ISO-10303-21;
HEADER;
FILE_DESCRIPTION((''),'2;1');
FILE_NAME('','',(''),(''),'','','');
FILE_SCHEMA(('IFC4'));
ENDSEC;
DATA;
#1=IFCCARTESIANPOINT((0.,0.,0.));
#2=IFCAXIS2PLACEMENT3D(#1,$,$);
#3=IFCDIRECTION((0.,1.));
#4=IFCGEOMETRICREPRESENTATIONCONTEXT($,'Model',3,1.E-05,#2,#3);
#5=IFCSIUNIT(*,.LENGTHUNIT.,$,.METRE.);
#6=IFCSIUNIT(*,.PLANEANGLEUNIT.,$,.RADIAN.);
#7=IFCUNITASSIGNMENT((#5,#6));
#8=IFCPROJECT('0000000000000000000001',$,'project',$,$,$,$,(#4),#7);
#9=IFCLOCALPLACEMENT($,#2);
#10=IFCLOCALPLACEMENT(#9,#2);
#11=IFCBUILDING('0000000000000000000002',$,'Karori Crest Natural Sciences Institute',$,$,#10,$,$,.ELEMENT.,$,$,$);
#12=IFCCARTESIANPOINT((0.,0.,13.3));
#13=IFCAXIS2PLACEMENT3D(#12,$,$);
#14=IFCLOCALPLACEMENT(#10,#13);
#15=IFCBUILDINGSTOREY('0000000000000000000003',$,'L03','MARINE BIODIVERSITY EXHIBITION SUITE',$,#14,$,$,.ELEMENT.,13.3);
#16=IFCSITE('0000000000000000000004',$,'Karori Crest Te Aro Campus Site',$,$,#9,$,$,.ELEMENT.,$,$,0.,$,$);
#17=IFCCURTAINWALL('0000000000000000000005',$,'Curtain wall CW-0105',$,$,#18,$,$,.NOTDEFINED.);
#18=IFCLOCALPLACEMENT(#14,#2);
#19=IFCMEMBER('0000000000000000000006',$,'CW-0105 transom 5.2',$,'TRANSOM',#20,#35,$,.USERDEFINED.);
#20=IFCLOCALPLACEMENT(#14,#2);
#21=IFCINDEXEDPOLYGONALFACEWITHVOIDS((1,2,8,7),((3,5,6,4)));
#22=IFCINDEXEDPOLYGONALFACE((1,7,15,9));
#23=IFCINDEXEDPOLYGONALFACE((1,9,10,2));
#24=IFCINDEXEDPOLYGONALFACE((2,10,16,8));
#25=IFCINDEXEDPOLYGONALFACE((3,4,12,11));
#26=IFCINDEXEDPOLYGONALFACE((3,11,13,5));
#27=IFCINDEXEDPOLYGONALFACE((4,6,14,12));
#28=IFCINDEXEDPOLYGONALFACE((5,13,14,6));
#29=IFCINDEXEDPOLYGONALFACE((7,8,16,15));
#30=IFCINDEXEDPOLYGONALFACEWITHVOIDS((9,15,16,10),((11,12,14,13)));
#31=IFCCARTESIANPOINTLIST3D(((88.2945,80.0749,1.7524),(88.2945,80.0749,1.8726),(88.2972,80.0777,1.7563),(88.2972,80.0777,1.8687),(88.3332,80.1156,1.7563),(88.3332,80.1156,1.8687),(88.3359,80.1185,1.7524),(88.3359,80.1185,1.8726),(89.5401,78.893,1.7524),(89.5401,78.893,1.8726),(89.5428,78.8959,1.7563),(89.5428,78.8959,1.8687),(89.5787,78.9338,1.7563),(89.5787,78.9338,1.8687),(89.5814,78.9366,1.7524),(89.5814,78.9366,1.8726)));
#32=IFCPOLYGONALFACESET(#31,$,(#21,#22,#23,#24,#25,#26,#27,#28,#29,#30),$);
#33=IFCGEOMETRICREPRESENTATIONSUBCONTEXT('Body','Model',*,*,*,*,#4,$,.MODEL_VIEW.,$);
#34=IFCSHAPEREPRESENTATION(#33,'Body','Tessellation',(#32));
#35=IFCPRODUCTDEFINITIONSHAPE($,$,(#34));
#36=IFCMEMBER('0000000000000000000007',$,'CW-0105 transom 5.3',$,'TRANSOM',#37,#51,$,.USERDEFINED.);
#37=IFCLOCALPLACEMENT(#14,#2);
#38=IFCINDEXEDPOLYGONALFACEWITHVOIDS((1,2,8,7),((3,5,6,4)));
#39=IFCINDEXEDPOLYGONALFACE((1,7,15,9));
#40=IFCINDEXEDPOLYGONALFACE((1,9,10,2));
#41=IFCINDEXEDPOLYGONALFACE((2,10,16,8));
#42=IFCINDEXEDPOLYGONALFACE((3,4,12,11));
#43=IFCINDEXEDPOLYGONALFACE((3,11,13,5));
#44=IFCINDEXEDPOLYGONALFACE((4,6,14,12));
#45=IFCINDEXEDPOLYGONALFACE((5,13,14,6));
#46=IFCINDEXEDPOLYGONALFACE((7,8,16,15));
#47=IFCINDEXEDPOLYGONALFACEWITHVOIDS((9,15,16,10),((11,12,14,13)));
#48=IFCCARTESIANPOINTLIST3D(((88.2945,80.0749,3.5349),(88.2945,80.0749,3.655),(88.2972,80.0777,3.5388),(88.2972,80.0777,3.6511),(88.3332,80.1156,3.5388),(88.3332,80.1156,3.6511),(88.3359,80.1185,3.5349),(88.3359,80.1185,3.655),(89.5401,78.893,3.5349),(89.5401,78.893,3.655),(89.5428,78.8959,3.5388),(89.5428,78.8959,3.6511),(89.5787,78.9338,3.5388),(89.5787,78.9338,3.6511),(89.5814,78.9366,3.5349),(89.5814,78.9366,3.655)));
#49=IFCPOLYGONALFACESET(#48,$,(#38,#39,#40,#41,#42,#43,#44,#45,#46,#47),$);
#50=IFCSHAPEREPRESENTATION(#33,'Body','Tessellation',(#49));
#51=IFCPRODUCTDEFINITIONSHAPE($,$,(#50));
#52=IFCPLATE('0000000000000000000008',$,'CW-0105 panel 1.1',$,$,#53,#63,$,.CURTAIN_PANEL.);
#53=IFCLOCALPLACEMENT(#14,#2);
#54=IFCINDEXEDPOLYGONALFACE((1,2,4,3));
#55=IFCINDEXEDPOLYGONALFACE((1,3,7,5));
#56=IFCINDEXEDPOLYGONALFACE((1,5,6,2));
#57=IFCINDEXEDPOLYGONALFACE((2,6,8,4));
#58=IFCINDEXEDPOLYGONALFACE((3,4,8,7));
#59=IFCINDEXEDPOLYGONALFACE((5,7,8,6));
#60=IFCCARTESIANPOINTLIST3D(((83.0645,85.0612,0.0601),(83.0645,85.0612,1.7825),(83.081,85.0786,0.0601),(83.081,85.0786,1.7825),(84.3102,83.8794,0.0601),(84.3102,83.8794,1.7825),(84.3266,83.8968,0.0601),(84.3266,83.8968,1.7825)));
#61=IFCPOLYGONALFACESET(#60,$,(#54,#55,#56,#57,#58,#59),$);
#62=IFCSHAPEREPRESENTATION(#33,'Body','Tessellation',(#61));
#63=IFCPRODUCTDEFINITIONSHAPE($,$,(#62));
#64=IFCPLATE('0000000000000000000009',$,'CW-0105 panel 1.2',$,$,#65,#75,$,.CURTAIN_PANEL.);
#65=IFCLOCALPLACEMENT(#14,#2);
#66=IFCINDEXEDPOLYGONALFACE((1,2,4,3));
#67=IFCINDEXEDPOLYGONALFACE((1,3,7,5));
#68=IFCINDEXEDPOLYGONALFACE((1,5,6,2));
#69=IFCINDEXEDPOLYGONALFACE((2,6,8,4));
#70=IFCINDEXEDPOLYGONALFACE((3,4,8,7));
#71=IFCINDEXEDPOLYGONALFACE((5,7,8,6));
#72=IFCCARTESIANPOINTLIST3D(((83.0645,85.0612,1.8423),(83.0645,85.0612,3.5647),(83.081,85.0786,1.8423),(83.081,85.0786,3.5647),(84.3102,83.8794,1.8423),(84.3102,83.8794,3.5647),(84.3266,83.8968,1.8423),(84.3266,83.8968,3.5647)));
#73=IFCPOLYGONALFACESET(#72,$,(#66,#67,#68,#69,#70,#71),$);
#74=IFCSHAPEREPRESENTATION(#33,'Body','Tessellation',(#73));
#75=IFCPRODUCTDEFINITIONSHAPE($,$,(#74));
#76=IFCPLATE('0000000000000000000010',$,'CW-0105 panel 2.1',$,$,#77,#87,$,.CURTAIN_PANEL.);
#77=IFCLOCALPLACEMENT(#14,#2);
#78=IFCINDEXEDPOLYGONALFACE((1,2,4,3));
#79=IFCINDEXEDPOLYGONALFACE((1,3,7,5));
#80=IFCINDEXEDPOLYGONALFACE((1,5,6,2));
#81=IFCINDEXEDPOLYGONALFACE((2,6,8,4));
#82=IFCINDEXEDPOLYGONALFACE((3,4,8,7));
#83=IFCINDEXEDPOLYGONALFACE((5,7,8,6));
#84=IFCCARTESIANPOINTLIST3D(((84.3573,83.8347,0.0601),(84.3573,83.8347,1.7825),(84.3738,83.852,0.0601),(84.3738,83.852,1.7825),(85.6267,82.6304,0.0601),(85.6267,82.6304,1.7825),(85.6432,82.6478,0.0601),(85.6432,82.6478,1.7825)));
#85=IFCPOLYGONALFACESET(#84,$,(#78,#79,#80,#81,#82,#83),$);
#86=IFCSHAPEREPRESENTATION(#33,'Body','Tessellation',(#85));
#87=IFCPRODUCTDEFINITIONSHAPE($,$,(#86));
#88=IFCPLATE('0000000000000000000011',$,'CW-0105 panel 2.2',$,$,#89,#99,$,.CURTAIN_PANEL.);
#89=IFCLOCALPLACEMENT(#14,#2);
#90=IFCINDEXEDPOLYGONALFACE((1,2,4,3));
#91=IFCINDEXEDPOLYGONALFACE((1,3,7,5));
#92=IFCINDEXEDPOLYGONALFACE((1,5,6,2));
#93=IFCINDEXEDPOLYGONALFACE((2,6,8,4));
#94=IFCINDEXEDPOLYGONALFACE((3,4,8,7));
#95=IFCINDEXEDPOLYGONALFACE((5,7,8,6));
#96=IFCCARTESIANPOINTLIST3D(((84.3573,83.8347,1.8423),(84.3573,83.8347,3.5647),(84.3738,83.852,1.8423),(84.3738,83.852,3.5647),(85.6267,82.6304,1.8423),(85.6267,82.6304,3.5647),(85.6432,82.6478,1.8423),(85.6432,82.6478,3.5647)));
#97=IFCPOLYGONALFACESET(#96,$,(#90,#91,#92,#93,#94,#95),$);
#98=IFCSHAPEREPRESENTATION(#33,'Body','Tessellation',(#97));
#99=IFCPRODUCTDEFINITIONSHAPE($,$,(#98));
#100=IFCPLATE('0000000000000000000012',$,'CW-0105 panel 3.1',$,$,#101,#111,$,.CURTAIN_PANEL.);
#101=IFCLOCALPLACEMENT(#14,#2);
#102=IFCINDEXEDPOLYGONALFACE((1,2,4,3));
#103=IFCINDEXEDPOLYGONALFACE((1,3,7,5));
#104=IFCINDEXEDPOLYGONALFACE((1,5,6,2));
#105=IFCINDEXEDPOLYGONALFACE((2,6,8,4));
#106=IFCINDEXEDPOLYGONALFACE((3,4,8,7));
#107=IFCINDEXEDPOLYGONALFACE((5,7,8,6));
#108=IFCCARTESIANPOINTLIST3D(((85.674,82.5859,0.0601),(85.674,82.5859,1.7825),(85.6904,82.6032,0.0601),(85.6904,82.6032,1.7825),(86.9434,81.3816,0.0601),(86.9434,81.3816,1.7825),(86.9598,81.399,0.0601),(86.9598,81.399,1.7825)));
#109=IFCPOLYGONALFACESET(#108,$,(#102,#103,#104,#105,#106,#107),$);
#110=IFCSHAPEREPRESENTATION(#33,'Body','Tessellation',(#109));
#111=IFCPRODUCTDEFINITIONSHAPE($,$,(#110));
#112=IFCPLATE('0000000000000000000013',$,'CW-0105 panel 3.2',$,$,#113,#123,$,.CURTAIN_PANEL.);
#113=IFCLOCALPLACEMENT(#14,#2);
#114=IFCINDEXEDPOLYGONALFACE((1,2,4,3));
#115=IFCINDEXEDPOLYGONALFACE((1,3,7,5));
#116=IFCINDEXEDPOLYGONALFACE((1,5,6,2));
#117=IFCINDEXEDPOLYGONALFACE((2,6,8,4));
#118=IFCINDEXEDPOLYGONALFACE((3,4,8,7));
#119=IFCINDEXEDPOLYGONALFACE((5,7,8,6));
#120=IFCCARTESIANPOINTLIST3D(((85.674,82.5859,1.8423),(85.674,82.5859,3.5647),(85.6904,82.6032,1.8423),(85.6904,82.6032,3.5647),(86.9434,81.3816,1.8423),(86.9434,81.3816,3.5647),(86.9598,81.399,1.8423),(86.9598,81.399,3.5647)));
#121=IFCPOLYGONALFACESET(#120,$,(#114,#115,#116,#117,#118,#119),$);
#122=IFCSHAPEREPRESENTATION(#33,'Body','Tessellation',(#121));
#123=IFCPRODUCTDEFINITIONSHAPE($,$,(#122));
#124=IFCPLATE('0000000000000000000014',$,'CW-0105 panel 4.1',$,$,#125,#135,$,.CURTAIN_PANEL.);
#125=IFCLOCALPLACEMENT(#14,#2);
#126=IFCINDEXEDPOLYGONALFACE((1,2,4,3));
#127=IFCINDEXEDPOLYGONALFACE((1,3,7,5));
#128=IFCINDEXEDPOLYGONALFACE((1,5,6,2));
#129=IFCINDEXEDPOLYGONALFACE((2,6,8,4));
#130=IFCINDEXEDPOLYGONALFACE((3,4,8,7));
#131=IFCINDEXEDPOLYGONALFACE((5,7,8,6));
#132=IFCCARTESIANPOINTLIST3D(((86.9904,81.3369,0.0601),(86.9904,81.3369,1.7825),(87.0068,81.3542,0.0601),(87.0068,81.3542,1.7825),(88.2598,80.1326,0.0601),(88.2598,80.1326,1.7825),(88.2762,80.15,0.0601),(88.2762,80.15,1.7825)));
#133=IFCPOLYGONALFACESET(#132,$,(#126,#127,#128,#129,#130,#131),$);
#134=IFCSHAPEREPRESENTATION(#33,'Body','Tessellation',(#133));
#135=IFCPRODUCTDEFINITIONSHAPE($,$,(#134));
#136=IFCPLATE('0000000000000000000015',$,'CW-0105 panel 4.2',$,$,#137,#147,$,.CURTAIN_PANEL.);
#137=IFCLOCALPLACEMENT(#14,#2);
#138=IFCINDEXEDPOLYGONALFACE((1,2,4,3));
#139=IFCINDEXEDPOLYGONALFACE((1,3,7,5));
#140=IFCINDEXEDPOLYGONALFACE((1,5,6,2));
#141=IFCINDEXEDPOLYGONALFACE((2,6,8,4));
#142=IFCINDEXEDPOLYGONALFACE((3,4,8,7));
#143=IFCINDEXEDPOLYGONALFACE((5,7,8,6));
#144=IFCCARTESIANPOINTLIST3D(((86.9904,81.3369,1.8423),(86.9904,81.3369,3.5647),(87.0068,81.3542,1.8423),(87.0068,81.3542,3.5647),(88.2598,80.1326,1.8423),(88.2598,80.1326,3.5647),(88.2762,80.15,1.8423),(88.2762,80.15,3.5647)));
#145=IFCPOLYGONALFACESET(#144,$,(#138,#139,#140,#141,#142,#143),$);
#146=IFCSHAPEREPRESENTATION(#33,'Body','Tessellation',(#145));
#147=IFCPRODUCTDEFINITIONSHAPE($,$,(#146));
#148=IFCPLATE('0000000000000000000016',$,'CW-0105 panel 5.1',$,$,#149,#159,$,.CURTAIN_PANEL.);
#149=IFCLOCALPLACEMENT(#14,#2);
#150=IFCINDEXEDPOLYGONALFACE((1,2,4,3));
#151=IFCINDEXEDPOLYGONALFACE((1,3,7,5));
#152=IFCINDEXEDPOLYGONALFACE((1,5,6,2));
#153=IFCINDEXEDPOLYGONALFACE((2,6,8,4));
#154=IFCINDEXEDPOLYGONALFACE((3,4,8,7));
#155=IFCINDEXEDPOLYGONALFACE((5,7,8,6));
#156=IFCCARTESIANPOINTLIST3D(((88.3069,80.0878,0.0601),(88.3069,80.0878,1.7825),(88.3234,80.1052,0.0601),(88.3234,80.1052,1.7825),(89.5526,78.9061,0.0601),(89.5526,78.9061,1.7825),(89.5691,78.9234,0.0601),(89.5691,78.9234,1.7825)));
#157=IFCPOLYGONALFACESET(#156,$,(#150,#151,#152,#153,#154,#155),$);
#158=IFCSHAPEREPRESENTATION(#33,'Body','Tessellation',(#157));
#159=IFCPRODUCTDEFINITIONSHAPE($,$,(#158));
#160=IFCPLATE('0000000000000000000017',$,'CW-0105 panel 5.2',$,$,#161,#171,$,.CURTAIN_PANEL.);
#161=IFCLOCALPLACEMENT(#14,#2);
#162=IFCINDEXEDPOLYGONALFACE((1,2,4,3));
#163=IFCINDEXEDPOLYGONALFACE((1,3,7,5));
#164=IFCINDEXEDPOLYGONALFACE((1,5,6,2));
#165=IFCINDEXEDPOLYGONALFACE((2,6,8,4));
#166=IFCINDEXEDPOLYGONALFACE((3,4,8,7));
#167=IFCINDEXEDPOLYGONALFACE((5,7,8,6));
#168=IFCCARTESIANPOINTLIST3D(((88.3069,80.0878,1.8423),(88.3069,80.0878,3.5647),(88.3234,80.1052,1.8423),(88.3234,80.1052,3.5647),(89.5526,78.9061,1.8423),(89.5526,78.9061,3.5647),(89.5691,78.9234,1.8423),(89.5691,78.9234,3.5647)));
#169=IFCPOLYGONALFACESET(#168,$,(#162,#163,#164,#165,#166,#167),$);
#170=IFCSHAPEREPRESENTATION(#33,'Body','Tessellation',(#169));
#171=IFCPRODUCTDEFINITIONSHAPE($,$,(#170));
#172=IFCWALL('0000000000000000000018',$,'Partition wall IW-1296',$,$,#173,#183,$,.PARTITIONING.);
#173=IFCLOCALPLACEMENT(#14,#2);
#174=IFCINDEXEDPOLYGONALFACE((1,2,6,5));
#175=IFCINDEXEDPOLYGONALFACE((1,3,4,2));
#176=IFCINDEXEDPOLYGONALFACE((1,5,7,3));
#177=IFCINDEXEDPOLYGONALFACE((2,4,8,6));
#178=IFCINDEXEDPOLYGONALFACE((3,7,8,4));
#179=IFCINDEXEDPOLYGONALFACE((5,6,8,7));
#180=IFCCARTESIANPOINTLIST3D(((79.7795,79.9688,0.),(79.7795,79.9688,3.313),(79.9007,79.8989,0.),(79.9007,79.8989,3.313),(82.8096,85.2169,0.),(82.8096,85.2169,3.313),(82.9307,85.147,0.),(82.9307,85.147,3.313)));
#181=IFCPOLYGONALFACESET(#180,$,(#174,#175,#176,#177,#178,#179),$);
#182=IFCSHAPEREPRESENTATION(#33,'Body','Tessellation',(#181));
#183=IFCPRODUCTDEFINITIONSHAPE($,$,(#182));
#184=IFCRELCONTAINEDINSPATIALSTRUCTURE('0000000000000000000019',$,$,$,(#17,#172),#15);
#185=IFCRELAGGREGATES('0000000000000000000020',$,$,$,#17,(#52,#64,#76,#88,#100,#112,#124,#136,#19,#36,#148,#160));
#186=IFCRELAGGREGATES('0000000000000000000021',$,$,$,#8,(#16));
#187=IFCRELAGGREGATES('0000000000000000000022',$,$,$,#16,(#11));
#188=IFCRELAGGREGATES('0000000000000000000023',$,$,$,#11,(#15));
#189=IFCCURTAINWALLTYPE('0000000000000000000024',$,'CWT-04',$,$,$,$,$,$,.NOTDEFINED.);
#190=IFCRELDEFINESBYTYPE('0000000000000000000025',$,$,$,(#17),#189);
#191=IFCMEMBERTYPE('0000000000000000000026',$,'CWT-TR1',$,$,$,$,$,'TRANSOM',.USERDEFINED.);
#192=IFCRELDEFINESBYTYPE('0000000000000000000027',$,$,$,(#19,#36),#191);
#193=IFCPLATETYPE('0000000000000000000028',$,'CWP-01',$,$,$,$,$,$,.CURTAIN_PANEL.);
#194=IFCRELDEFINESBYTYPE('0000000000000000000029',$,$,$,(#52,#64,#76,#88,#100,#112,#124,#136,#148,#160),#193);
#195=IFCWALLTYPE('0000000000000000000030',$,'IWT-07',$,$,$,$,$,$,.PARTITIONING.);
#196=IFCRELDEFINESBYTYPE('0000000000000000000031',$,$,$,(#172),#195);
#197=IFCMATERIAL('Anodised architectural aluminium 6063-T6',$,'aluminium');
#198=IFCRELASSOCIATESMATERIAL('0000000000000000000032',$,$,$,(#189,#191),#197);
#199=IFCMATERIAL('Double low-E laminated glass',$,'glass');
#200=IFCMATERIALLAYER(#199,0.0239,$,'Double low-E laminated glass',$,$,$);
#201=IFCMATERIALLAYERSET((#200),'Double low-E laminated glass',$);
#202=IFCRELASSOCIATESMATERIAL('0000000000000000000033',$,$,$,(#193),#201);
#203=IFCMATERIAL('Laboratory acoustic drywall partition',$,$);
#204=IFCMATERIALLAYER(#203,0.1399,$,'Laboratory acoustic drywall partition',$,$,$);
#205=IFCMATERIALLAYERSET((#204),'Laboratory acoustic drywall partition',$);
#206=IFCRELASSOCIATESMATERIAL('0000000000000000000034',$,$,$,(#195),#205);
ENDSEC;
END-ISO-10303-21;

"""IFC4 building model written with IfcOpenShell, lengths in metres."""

from ifc_helpers import new_model, si_unit, direction, frame, frame_2d, origin, origin_2d, place, context, subcontext, project, spatial, rectangle, hollow_rectangle, extrude, material, layer, layer_set, material_profile, profile_set, type_object, element, aggregate, save


model = new_model("IFC4")

# Units and contexts
model_context = context("Model", 3, precision=1e-05, world=origin(), true_north=direction((0.0, 1.0)))
body_context = subcontext(model_context, "Body", "Model", "MODEL_VIEW")
ifc_project = project(units=[si_unit("LENGTHUNIT", "METRE"), si_unit("PLANEANGLEUNIT", "RADIAN")], contexts=[model_context])

# Site, building, storey
site_placement = place(None, origin())
site = spatial("IfcSite", under=ifc_project, at=site_placement, Name="Karori Crest Te Aro Campus Site", CompositionType="ELEMENT", RefElevation=0.0)
building_placement = place(site_placement, origin())
building = spatial("IfcBuilding", under=site, at=building_placement, Name="Karori Crest Natural Sciences Institute", CompositionType="ELEMENT")
storey_placement = place(building_placement, frame((0.0, 0.0, 13.3)))
storey = spatial("IfcBuildingStorey", under=building, at=storey_placement, Name="L03", Description="MARINE BIODIVERSITY EXHIBITION SUITE", CompositionType="ELEMENT", Elevation=13.3)

# Curtain wall, members, plates
ifc_material_1 = material(Name="Anodised architectural aluminium 6063-T6", Category="aluminium")
curtain_wall_type = type_object("IfcCurtainWallType", Name="CWT-04", PredefinedType="NOTDEFINED", material=ifc_material_1)
curtain_wall_placement = place(storey_placement, origin())
curtain_wall = element("IfcCurtainWall", 1, at=curtain_wall_placement, inside=storey, type_object=curtain_wall_type, Name="Curtain wall CW-0105", PredefinedType="NOTDEFINED")
ifc_material_profile_1 = material_profile(ifc_material_1, hollow_rectangle(XDim=0.0601, YDim=0.1201, WallThickness=0.0039, at=origin_2d()), Name="CWT120x60x4")
ifc_profile_set_1 = profile_set([ifc_material_profile_1], Name="Anodised architectural aluminium 6063-T6")
member_type_1 = type_object("IfcMemberType", Name="CWT-TR1", ElementType="TRANSOM", PredefinedType="USERDEFINED", material=ifc_profile_set_1)
member_1_placement = place(storey_placement, frame((88.3152, 80.0967, 1.8125), z_axis=(0.725418, -0.688308, 0.0), x_axis=(0.688308, 0.725418, 0.0)))
member_1 = element("IfcMember", 2, at=member_1_placement, type_object=member_type_1, Name="CW-0105 transom 5.2", ObjectType="TRANSOM", PredefinedType="USERDEFINED", context=body_context, shape_type="SweptSolid", body=[
    extrude(hollow_rectangle(XDim=0.0601, YDim=0.1201, WallThickness=0.0039, at=origin_2d()), origin(), (0.0, 0.0, 1.0), 1.717),
])
member_2_placement = place(storey_placement, frame((88.3152, 80.0967, 3.595), z_axis=(0.725418, -0.688308, 0.0), x_axis=(0.688308, 0.725418, 0.0)))
member_2 = element("IfcMember", 3, at=member_2_placement, type_object=member_type_1, Name="CW-0105 transom 5.3", ObjectType="TRANSOM", PredefinedType="USERDEFINED", context=body_context, shape_type="SweptSolid", body=[
    extrude(hollow_rectangle(XDim=0.0601, YDim=0.1201, WallThickness=0.0039, at=origin_2d()), origin(), (0.0, 0.0, 1.0), 1.717),
])
ifc_material_2 = material(Name="Double low-E laminated glass", Category="glass")
ifc_layer_1 = layer(ifc_material_2, 0.0239, Name="Double low-E laminated glass")
ifc_layer_set_1 = layer_set([ifc_layer_1], Name="Double low-E laminated glass")
plate_type = type_object("IfcPlateType", Name="CWP-01", PredefinedType="CURTAIN_PANEL", material=ifc_layer_set_1)
plate_1_placement = place(storey_placement, frame((83.6956, 84.479, 0.0601), z_axis=(0.0, 0.0, 1.0), x_axis=(0.725471, -0.688252, 0.0)))
plate_1 = element("IfcPlate", 4, at=plate_1_placement, type_object=plate_type, Name="CW-0105 panel 1.1", PredefinedType="CURTAIN_PANEL", context=body_context, shape_type="SweptSolid", body=[
    extrude(rectangle(XDim=1.717, YDim=0.0239, at=origin_2d()), origin(), (0.0, 0.0, 1.0), 1.7224),
])
plate_2_placement = place(storey_placement, frame((83.6956, 84.479, 1.8423), z_axis=(0.0, 0.0, 1.0), x_axis=(0.725471, -0.688252, 0.0)))
plate_2 = element("IfcPlate", 5, at=plate_2_placement, type_object=plate_type, Name="CW-0105 panel 1.2", PredefinedType="CURTAIN_PANEL", context=body_context, shape_type="SweptSolid", body=[
    extrude(rectangle(XDim=1.717, YDim=0.0239, at=origin_2d()), origin(), (0.0, 0.0, 1.0), 1.7224),
])
plate_3_placement = place(storey_placement, frame((85.0002, 83.2412, 0.0601), z_axis=(0.0, 0.0, 1.0), x_axis=(0.725471, -0.688252, 0.0)))
plate_3 = element("IfcPlate", 6, at=plate_3_placement, type_object=plate_type, Name="CW-0105 panel 2.1", PredefinedType="CURTAIN_PANEL", context=body_context, shape_type="SweptSolid", body=[
    extrude(rectangle(XDim=1.7498, YDim=0.0239, at=origin_2d()), origin(), (0.0, 0.0, 1.0), 1.7224),
])
plate_4_placement = place(storey_placement, frame((85.0002, 83.2412, 1.8423), z_axis=(0.0, 0.0, 1.0), x_axis=(0.725471, -0.688252, 0.0)))
plate_4 = element("IfcPlate", 7, at=plate_4_placement, type_object=plate_type, Name="CW-0105 panel 2.2", PredefinedType="CURTAIN_PANEL", context=body_context, shape_type="SweptSolid", body=[
    extrude(rectangle(XDim=1.7498, YDim=0.0239, at=origin_2d()), origin(), (0.0, 0.0, 1.0), 1.7224),
])
plate_5_placement = place(storey_placement, frame((86.3169, 81.9924, 0.0601), z_axis=(0.0, 0.0, 1.0), x_axis=(0.725471, -0.688252, 0.0)))
plate_5 = element("IfcPlate", 8, at=plate_5_placement, type_object=plate_type, Name="CW-0105 panel 3.1", PredefinedType="CURTAIN_PANEL", context=body_context, shape_type="SweptSolid", body=[
    extrude(rectangle(XDim=1.7498, YDim=0.0239, at=origin_2d()), origin(), (0.0, 0.0, 1.0), 1.7224),
])
plate_6_placement = place(storey_placement, frame((86.3169, 81.9924, 1.8423), z_axis=(0.0, 0.0, 1.0), x_axis=(0.725471, -0.688252, 0.0)))
plate_6 = element("IfcPlate", 9, at=plate_6_placement, type_object=plate_type, Name="CW-0105 panel 3.2", PredefinedType="CURTAIN_PANEL", context=body_context, shape_type="SweptSolid", body=[
    extrude(rectangle(XDim=1.7498, YDim=0.0239, at=origin_2d()), origin(), (0.0, 0.0, 1.0), 1.7224),
])
plate_7_placement = place(storey_placement, frame((87.6333, 80.7434, 0.0601), z_axis=(0.0, 0.0, 1.0), x_axis=(0.725471, -0.688252, 0.0)))
plate_7 = element("IfcPlate", 10, at=plate_7_placement, type_object=plate_type, Name="CW-0105 panel 4.1", PredefinedType="CURTAIN_PANEL", context=body_context, shape_type="SweptSolid", body=[
    extrude(rectangle(XDim=1.7498, YDim=0.0239, at=origin_2d()), origin(), (0.0, 0.0, 1.0), 1.7224),
])
plate_8_placement = place(storey_placement, frame((87.6333, 80.7434, 1.8423), z_axis=(0.0, 0.0, 1.0), x_axis=(0.725471, -0.688252, 0.0)))
plate_8 = element("IfcPlate", 11, at=plate_8_placement, type_object=plate_type, Name="CW-0105 panel 4.2", PredefinedType="CURTAIN_PANEL", context=body_context, shape_type="SweptSolid", body=[
    extrude(rectangle(XDim=1.7498, YDim=0.0239, at=origin_2d()), origin(), (0.0, 0.0, 1.0), 1.7224),
])
plate_9_placement = place(storey_placement, frame((88.938, 79.5056, 0.0601), z_axis=(0.0, 0.0, 1.0), x_axis=(0.725471, -0.688252, 0.0)))
plate_9 = element("IfcPlate", 12, at=plate_9_placement, type_object=plate_type, Name="CW-0105 panel 5.1", PredefinedType="CURTAIN_PANEL", context=body_context, shape_type="SweptSolid", body=[
    extrude(rectangle(XDim=1.717, YDim=0.0239, at=origin_2d()), origin(), (0.0, 0.0, 1.0), 1.7224),
])
plate_10_placement = place(storey_placement, frame((88.938, 79.5056, 1.8423), z_axis=(0.0, 0.0, 1.0), x_axis=(0.725471, -0.688252, 0.0)))
plate_10 = element("IfcPlate", 13, at=plate_10_placement, type_object=plate_type, Name="CW-0105 panel 5.2", PredefinedType="CURTAIN_PANEL", context=body_context, shape_type="SweptSolid", body=[
    extrude(rectangle(XDim=1.717, YDim=0.0239, at=origin_2d()), origin(), (0.0, 0.0, 1.0), 1.7224),
])
aggregate(curtain_wall, [plate_1, plate_2, plate_3, plate_4, plate_5, plate_6, plate_7, plate_8, member_1, member_2, plate_9, plate_10])

# Wall
ifc_material_3 = material(Name="Laboratory acoustic drywall partition")
ifc_layer_2 = layer(ifc_material_3, 0.1399, Name="Laboratory acoustic drywall partition")
ifc_layer_set_2 = layer_set([ifc_layer_2], Name="Laboratory acoustic drywall partition")
wall_type = type_object("IfcWallType", Name="IWT-07", PredefinedType="PARTITIONING", material=ifc_layer_set_2)
wall_placement = place(storey_placement, frame((79.8401, 79.9338, 0.0), z_axis=(0.0, 0.0, 1.0), x_axis=(0.500008, 0.866021, 0.0)))
element("IfcWall", 14, at=wall_placement, inside=storey, type_object=wall_type, Name="Partition wall IW-1296", PredefinedType="PARTITIONING", context=body_context, shape_type="SweptSolid", body=[
    extrude(rectangle(XDim=6.0601, YDim=0.1399, at=frame_2d((3.03, 0.0))), origin(), (0.0, 0.0, 1.0), 3.313),
])

save(model, "model.ifc")
